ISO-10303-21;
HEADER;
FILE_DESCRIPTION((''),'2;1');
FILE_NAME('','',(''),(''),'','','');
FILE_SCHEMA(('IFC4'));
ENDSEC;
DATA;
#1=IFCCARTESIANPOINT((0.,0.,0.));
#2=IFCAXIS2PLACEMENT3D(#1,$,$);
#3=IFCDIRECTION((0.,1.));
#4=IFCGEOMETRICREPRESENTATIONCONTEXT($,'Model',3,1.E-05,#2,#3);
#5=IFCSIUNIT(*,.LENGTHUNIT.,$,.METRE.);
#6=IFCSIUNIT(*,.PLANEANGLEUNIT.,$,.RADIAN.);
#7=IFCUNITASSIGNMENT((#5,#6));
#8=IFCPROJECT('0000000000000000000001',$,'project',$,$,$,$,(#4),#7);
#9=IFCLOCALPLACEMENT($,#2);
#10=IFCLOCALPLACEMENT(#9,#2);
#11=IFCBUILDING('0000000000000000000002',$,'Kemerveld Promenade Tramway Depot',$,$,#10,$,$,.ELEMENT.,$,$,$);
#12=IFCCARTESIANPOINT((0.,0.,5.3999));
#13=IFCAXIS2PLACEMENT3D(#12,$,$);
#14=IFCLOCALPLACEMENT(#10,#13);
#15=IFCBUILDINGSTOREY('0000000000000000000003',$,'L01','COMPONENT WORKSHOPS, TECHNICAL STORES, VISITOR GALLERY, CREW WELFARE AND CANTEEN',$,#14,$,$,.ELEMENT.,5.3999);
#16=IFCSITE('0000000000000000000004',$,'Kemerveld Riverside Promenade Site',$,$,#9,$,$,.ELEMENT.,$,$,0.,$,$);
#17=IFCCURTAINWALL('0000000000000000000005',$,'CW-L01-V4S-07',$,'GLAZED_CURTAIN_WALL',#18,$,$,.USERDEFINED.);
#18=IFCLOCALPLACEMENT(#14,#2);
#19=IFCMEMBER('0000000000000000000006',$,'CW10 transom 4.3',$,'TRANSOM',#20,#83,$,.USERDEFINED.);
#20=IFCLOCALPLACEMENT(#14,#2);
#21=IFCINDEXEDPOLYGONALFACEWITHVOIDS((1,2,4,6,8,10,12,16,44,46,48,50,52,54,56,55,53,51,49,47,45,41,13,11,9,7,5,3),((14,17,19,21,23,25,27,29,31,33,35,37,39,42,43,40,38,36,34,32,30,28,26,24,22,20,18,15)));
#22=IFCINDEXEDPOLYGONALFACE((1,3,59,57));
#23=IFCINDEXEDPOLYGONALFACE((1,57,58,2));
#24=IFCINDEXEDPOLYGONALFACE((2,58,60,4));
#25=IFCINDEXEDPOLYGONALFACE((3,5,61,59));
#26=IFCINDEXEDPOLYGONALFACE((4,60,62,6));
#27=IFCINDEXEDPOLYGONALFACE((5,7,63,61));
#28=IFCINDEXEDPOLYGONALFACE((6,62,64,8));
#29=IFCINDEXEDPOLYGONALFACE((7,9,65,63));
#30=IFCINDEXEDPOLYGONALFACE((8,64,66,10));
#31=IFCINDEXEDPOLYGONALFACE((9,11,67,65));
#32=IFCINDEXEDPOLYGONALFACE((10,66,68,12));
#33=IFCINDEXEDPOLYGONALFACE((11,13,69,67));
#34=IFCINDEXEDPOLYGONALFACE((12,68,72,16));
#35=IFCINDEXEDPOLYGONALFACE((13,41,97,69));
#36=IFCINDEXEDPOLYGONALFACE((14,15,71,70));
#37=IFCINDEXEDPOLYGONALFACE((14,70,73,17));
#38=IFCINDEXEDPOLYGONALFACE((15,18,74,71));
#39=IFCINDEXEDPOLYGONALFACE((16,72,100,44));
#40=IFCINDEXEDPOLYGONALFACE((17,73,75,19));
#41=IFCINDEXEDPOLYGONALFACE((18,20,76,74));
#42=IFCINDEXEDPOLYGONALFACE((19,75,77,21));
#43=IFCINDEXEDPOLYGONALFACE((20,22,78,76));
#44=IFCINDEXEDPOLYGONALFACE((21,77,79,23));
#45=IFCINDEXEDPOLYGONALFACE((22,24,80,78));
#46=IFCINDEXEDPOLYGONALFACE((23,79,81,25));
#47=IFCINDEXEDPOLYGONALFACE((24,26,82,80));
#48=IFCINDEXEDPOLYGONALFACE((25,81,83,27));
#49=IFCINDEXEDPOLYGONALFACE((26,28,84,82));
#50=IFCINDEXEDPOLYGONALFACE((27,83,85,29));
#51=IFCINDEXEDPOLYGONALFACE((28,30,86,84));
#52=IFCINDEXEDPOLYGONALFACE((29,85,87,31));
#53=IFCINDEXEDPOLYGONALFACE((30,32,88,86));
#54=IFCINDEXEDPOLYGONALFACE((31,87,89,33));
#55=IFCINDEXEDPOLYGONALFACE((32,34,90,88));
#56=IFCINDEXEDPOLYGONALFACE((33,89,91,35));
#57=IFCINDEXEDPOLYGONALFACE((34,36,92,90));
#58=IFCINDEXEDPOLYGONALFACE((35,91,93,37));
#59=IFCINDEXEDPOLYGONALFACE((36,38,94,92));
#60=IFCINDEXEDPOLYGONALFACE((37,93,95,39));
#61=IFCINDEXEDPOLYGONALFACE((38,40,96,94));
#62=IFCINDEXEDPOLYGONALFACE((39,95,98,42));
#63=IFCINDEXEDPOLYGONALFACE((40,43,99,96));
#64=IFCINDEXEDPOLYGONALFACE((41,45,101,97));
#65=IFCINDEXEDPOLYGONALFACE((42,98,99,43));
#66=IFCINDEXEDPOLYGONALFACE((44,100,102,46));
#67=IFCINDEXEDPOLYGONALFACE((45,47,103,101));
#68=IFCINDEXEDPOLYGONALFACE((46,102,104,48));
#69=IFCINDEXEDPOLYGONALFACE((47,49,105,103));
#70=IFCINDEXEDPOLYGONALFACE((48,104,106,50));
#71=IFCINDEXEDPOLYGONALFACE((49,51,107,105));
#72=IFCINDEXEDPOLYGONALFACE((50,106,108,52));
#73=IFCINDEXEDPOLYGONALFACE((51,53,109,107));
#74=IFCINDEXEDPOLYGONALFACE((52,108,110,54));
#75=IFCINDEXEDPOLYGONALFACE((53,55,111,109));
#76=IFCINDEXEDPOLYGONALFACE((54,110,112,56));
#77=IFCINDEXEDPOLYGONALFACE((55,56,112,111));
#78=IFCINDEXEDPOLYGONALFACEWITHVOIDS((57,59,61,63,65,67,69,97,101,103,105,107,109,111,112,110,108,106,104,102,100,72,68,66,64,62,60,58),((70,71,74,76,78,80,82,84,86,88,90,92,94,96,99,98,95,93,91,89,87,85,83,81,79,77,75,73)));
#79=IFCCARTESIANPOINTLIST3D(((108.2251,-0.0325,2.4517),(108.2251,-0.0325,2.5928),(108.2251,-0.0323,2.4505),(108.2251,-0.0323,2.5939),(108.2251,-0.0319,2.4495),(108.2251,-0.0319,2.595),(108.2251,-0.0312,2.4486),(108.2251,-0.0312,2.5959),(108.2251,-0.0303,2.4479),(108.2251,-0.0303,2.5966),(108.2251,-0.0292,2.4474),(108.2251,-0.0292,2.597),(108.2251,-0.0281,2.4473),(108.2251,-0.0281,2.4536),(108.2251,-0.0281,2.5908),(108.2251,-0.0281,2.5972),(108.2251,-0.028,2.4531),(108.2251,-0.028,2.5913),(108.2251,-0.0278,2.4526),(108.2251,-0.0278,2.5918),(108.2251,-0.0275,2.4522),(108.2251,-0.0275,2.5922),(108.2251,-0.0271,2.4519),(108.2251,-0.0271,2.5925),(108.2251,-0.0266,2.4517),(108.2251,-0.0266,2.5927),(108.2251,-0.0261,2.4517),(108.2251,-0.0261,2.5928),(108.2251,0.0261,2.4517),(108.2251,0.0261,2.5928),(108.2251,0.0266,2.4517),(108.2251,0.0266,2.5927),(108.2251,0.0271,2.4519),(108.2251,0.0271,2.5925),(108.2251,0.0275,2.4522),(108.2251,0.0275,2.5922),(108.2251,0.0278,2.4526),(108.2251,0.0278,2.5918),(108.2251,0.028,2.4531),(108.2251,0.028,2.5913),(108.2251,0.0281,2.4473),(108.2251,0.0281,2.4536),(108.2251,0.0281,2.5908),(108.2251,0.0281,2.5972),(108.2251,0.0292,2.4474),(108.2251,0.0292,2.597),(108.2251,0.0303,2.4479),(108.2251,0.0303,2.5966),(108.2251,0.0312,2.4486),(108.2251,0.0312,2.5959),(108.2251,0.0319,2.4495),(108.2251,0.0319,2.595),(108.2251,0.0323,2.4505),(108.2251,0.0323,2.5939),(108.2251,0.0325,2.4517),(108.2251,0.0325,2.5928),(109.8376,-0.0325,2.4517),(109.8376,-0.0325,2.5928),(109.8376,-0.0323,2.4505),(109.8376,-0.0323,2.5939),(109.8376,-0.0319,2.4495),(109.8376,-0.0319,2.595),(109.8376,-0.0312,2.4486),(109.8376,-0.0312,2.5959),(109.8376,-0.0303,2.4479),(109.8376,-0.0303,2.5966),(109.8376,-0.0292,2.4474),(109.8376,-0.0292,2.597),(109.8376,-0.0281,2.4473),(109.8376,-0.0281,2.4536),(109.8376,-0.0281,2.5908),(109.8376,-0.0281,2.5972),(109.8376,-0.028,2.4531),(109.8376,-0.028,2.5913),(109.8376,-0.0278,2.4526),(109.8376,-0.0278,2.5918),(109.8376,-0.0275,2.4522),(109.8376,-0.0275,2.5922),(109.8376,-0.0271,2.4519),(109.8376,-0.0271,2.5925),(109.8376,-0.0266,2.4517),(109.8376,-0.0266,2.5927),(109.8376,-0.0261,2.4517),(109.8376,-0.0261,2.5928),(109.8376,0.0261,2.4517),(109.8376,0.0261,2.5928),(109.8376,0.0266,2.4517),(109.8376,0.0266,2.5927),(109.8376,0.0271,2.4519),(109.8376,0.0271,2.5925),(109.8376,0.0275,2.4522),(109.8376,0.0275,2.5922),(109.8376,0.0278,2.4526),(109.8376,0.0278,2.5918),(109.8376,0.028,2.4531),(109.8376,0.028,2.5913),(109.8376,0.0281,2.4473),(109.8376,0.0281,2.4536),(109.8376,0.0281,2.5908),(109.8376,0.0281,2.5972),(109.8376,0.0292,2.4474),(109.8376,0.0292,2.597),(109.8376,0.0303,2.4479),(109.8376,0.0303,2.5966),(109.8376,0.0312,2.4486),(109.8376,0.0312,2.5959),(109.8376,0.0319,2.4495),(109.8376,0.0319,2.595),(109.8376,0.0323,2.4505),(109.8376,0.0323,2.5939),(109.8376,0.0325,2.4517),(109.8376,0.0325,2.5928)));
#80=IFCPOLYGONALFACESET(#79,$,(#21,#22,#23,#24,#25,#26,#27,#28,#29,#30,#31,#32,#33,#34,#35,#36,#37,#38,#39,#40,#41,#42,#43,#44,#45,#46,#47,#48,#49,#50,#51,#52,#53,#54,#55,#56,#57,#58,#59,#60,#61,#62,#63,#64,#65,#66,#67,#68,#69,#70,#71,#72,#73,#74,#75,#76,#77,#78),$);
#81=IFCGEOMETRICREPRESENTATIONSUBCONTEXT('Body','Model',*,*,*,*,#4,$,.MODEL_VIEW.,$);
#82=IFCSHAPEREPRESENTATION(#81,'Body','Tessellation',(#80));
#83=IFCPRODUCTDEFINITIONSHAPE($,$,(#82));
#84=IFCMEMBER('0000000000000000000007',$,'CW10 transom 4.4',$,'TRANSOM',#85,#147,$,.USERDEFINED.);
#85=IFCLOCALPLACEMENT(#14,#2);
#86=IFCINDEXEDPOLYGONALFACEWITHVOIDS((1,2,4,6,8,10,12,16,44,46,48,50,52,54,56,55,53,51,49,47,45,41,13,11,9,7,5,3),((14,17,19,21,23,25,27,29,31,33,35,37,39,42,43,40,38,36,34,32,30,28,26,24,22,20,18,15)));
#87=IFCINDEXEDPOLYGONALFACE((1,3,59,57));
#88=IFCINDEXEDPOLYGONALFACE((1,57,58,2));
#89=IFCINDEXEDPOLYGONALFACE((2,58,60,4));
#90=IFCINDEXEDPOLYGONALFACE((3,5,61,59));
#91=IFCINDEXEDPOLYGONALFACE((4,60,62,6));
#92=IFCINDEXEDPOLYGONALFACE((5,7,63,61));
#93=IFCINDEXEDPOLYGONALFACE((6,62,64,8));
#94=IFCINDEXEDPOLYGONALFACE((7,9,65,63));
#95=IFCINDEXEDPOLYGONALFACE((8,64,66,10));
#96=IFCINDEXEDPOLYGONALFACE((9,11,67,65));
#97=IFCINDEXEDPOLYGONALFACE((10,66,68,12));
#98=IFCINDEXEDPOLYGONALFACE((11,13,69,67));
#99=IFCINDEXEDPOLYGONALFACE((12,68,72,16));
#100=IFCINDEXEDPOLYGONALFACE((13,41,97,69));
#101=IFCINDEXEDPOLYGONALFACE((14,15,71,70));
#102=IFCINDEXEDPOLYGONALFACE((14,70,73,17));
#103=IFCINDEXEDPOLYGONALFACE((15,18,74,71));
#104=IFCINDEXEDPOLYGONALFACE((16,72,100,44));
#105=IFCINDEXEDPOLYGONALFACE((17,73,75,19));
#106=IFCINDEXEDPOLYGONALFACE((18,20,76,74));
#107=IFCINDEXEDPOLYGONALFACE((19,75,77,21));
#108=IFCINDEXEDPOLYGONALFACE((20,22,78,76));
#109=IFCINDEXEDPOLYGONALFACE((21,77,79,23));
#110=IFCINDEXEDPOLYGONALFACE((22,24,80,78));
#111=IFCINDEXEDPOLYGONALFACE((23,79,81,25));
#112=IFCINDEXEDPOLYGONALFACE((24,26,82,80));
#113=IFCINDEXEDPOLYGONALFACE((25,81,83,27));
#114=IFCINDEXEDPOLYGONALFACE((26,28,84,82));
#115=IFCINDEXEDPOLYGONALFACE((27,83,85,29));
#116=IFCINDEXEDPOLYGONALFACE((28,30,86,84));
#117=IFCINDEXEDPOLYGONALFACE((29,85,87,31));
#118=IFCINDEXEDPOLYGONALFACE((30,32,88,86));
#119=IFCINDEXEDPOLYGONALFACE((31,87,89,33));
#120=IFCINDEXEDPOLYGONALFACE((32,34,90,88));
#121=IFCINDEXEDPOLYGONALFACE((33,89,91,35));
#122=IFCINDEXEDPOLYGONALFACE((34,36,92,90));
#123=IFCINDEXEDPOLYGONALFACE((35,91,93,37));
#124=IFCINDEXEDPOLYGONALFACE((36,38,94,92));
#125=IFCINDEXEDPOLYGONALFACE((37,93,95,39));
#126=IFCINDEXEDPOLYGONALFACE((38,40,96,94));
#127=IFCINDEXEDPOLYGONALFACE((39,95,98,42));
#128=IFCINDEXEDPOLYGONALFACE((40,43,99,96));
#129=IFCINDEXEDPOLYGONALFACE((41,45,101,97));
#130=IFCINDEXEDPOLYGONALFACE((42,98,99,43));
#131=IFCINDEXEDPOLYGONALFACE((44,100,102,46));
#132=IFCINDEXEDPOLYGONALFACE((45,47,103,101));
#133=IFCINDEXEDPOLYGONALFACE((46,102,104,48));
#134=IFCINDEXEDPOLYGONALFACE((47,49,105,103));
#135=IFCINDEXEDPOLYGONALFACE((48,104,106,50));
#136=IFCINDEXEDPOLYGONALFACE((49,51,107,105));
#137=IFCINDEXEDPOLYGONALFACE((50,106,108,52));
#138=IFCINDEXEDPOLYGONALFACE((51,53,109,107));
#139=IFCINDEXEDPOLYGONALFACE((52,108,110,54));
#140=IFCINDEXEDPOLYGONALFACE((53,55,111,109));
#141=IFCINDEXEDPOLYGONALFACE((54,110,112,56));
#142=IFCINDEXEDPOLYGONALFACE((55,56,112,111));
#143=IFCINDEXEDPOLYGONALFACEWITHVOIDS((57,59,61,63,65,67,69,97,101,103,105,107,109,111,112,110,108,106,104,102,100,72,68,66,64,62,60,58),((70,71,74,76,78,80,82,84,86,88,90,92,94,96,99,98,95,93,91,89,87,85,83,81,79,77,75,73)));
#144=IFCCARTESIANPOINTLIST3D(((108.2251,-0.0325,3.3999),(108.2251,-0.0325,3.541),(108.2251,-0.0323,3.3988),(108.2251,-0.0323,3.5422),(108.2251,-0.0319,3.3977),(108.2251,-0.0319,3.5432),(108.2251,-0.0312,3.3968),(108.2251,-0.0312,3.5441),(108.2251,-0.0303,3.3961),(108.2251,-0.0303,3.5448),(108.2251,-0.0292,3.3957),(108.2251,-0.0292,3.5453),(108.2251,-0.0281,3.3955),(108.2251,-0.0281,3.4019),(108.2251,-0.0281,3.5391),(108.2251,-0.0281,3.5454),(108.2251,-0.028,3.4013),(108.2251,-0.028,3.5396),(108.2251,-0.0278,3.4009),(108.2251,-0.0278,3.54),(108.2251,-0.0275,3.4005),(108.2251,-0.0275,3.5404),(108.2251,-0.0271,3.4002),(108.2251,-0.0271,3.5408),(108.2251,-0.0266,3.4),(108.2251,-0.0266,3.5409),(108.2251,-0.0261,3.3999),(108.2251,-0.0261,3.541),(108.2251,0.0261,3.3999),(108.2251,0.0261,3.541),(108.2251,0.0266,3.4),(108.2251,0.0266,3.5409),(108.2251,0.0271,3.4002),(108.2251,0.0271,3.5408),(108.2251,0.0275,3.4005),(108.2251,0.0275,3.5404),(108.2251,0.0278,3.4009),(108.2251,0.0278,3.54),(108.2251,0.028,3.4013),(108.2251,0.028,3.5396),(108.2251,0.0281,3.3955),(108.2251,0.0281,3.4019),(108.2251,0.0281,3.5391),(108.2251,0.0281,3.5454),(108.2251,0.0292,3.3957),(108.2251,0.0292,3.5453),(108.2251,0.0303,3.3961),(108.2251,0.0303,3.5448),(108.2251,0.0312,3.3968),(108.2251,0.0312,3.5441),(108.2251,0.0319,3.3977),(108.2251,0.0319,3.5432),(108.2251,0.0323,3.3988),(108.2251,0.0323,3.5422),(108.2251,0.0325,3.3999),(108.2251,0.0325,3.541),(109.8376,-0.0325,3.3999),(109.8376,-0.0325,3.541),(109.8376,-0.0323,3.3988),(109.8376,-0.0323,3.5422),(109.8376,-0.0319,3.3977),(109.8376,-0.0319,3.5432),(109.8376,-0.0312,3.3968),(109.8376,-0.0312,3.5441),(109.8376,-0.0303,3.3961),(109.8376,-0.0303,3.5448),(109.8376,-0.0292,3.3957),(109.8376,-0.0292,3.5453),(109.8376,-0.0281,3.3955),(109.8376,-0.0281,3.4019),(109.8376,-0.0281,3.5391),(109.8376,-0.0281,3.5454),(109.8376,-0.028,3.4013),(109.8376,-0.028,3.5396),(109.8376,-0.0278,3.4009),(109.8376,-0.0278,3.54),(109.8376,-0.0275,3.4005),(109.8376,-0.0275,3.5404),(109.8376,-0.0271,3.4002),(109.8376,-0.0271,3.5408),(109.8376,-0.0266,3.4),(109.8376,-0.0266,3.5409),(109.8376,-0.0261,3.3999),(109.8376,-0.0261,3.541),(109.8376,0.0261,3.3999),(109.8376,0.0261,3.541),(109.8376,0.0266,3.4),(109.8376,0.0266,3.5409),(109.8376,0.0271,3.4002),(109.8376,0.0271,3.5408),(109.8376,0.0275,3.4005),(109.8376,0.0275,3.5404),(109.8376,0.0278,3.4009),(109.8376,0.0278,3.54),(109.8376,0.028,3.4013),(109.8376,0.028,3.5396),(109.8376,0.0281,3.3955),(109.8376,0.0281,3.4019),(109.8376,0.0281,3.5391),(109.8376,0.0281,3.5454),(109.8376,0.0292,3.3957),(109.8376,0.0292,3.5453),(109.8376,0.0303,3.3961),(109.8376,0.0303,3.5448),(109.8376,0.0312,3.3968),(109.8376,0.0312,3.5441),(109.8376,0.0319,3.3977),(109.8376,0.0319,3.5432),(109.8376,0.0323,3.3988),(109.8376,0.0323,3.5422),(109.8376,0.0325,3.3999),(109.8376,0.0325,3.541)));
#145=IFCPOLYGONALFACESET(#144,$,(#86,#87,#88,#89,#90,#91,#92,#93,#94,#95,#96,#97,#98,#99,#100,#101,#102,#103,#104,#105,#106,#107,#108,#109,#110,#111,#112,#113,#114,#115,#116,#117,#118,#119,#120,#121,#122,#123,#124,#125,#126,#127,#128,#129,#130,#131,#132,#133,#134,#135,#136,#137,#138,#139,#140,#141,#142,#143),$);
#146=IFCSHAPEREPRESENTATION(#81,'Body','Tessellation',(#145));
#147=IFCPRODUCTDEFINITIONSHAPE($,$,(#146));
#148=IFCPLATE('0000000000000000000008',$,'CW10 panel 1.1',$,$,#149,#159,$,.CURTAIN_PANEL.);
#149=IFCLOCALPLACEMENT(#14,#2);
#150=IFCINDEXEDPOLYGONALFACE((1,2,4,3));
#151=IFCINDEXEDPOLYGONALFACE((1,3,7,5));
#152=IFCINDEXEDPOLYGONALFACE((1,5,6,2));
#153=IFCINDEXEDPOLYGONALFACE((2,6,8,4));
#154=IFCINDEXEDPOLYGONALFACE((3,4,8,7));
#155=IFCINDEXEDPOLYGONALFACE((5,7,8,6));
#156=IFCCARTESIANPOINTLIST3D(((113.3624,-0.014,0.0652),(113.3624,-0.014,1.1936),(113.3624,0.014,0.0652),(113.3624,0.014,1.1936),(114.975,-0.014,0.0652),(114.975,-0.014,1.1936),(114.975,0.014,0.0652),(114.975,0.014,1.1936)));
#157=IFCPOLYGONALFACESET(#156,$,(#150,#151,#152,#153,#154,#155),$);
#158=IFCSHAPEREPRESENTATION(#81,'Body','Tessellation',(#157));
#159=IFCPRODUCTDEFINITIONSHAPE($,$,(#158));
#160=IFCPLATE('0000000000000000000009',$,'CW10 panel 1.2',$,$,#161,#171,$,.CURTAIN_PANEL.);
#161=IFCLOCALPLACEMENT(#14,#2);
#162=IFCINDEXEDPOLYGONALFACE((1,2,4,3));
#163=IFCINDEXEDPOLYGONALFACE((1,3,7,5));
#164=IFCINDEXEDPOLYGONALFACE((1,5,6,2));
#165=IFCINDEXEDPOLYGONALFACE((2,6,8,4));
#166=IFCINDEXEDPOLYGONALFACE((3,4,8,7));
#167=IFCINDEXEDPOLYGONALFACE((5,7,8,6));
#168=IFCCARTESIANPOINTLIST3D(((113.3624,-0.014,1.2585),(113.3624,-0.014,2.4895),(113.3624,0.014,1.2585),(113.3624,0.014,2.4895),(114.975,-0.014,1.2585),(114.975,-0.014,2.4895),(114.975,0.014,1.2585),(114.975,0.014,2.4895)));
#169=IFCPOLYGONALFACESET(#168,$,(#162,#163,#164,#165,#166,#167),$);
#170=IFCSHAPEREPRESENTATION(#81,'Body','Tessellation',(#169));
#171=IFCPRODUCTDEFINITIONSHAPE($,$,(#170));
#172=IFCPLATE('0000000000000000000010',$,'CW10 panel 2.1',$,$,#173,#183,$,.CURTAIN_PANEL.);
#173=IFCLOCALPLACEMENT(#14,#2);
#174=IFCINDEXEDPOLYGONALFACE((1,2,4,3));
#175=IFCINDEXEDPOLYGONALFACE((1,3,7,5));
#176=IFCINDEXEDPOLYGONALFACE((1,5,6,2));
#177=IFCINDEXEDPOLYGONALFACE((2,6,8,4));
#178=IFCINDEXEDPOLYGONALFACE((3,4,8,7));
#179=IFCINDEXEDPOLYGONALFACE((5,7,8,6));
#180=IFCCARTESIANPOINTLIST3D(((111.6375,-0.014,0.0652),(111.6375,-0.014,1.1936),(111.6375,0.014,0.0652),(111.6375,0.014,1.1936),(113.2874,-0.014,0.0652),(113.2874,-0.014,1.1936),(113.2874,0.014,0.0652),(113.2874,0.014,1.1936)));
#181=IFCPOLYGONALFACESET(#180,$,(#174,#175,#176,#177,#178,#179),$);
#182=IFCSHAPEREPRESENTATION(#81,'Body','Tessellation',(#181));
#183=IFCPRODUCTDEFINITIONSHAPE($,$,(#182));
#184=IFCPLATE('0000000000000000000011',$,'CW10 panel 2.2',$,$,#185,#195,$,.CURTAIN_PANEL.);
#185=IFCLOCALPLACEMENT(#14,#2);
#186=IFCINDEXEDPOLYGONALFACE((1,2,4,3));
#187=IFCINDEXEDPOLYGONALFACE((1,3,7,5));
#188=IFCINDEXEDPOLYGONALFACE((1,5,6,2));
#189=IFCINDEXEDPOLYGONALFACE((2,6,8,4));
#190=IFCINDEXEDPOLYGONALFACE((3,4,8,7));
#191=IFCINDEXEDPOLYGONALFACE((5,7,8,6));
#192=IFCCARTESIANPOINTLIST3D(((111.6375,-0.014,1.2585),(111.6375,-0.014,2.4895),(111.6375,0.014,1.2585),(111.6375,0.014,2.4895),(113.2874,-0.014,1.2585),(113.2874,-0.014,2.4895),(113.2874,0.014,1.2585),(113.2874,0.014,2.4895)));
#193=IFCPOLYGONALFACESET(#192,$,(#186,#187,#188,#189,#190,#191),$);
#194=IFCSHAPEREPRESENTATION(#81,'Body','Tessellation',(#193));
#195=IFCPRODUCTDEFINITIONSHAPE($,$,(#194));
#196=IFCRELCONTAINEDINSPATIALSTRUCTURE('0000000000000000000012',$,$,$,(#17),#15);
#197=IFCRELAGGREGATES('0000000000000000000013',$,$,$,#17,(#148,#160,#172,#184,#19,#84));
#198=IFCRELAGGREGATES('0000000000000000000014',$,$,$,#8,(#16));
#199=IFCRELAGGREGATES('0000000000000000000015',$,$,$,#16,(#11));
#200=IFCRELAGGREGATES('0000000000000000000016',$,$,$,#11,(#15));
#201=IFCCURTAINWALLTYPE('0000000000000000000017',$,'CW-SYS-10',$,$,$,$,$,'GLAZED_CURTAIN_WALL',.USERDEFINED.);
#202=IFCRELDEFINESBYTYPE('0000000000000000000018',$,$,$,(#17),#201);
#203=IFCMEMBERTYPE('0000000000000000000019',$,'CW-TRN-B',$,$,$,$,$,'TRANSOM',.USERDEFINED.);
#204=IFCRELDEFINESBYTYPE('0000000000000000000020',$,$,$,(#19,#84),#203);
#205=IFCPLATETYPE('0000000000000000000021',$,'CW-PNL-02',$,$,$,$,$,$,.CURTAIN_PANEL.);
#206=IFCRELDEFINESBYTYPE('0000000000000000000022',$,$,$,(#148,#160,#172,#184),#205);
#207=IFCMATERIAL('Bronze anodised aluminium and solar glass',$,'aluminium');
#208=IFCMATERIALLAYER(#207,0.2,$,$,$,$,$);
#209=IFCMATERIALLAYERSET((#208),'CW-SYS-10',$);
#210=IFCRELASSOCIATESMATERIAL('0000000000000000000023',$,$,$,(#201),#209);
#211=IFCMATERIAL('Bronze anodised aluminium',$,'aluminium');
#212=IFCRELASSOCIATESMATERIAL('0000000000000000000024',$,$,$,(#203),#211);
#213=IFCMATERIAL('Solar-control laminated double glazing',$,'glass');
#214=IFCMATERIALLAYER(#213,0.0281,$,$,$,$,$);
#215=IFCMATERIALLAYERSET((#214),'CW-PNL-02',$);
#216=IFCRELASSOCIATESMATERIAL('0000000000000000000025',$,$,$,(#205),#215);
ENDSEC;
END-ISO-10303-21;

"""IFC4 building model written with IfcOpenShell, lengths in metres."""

from ifc_helpers import new_model, si_unit, direction, frame, origin, origin_2d, place, context, subcontext, project, spatial, rectangle, hollow_rectangle, extrude, material, layer, layer_set, material_profile, profile_set, type_object, element, aggregate, save


model = new_model("IFC4")

# Units and contexts
model_context = context("Model", 3, precision=1e-05, world=origin(), true_north=direction((0.0, 1.0)))
body_context = subcontext(model_context, "Body", "Model", "MODEL_VIEW")
ifc_project = project(units=[si_unit("LENGTHUNIT", "METRE"), si_unit("PLANEANGLEUNIT", "RADIAN")], contexts=[model_context])

# Site, building, storey
site_placement = place(None, origin())
site = spatial("IfcSite", under=ifc_project, at=site_placement, Name="Kemerveld Riverside Promenade Site", CompositionType="ELEMENT", RefElevation=0.0)
building_placement = place(site_placement, origin())
building = spatial("IfcBuilding", under=site, at=building_placement, Name="Kemerveld Promenade Tramway Depot", CompositionType="ELEMENT")
storey_placement = place(building_placement, frame((0.0, 0.0, 5.3999)))
storey = spatial("IfcBuildingStorey", under=building, at=storey_placement, Name="L01", Description="COMPONENT WORKSHOPS, TECHNICAL STORES, VISITOR GALLERY, CREW WELFARE AND CANTEEN", CompositionType="ELEMENT", Elevation=5.3999)

# Curtain wall, members, plates
ifc_material_1 = material(Name="Bronze anodised aluminium and solar glass", Category="aluminium")
ifc_layer_1 = layer(ifc_material_1, 0.2)
ifc_layer_set_1 = layer_set([ifc_layer_1], Name="CW-SYS-10")
curtain_wall_type = type_object("IfcCurtainWallType", Name="CW-SYS-10", ElementType="GLAZED_CURTAIN_WALL", PredefinedType="USERDEFINED", material=ifc_layer_set_1)
curtain_wall_placement = place(storey_placement, origin())
curtain_wall = element("IfcCurtainWall", 1, at=curtain_wall_placement, inside=storey, type_object=curtain_wall_type, Name="CW-L01-V4S-07", ObjectType="GLAZED_CURTAIN_WALL", PredefinedType="USERDEFINED")
ifc_material_2 = material(Name="Bronze anodised aluminium", Category="aluminium")
ifc_material_profile_1 = material_profile(ifc_material_2, hollow_rectangle(XDim=0.0649, YDim=0.1499, WallThickness=0.0044, InnerFilletRadius=0.002, OuterFilletRadius=0.0044, at=origin_2d()), Name="CW-TRN-150x65")
ifc_profile_set_1 = profile_set([ifc_material_profile_1], Name="Bronze anodised aluminium")
member_type_1 = type_object("IfcMemberType", Name="CW-TRN-B", ElementType="TRANSOM", PredefinedType="USERDEFINED", material=ifc_profile_set_1)
member_1_placement = place(storey_placement, frame((109.8376, 0.0, 2.5222), z_axis=(-1.0, 0.0, 0.0), x_axis=(0.0, -1.0, 0.0)))
member_1 = element("IfcMember", 2, at=member_1_placement, type_object=member_type_1, Name="CW10 transom 4.3", ObjectType="TRANSOM", PredefinedType="USERDEFINED", context=body_context, shape_type="SweptSolid", body=[
    extrude(hollow_rectangle(XDim=0.0649, YDim=0.1499, WallThickness=0.0044, InnerFilletRadius=0.002, OuterFilletRadius=0.0044, at=origin_2d()), origin(), (0.0, 0.0, 1.0), 1.6125),
])
member_2_placement = place(storey_placement, frame((109.8376, 0.0, 3.4705), z_axis=(-1.0, 0.0, 0.0), x_axis=(0.0, -1.0, 0.0)))
member_2 = element("IfcMember", 3, at=member_2_placement, type_object=member_type_1, Name="CW10 transom 4.4", ObjectType="TRANSOM", PredefinedType="USERDEFINED", context=body_context, shape_type="SweptSolid", body=[
    extrude(hollow_rectangle(XDim=0.0649, YDim=0.1499, WallThickness=0.0044, InnerFilletRadius=0.002, OuterFilletRadius=0.0044, at=origin_2d()), origin(), (0.0, 0.0, 1.0), 1.6125),
])
ifc_material_3 = material(Name="Solar-control laminated double glazing", Category="glass")
ifc_layer_2 = layer(ifc_material_3, 0.0281)
ifc_layer_set_2 = layer_set([ifc_layer_2], Name="CW-PNL-02")
plate_type = type_object("IfcPlateType", Name="CW-PNL-02", PredefinedType="CURTAIN_PANEL", material=ifc_layer_set_2)
plate_1_placement = place(storey_placement, frame((114.1687, 0.0, 0.0652), z_axis=(0.0, 0.0, 1.0), x_axis=(-1.0, 0.0, 0.0)))
plate_1 = element("IfcPlate", 4, at=plate_1_placement, type_object=plate_type, Name="CW10 panel 1.1", PredefinedType="CURTAIN_PANEL", context=body_context, shape_type="SweptSolid", body=[
    extrude(rectangle(XDim=1.6125, YDim=0.0281, at=origin_2d()), origin(), (0.0, 0.0, 1.0), 1.1284),
])
plate_2_placement = place(storey_placement, frame((114.1687, 0.0, 1.2585), z_axis=(0.0, 0.0, 1.0), x_axis=(-1.0, 0.0, 0.0)))
plate_2 = element("IfcPlate", 5, at=plate_2_placement, type_object=plate_type, Name="CW10 panel 1.2", PredefinedType="CURTAIN_PANEL", context=body_context, shape_type="SweptSolid", body=[
    extrude(rectangle(XDim=1.6125, YDim=0.0281, at=origin_2d()), origin(), (0.0, 0.0, 1.0), 1.231),
])
plate_3_placement = place(storey_placement, frame((112.4624, 0.0, 0.0652), z_axis=(0.0, 0.0, 1.0), x_axis=(-1.0, 0.0, 0.0)))
plate_3 = element("IfcPlate", 6, at=plate_3_placement, type_object=plate_type, Name="CW10 panel 2.1", PredefinedType="CURTAIN_PANEL", context=body_context, shape_type="SweptSolid", body=[
    extrude(rectangle(XDim=1.6499, YDim=0.0281, at=origin_2d()), origin(), (0.0, 0.0, 1.0), 1.1284),
])
plate_4_placement = place(storey_placement, frame((112.4624, 0.0, 1.2585), z_axis=(0.0, 0.0, 1.0), x_axis=(-1.0, 0.0, 0.0)))
plate_4 = element("IfcPlate", 7, at=plate_4_placement, type_object=plate_type, Name="CW10 panel 2.2", PredefinedType="CURTAIN_PANEL", context=body_context, shape_type="SweptSolid", body=[
    extrude(rectangle(XDim=1.6499, YDim=0.0281, at=origin_2d()), origin(), (0.0, 0.0, 1.0), 1.231),
])
aggregate(curtain_wall, [plate_1, plate_2, plate_3, plate_4, member_1, member_2])

save(model, "model.ifc")
